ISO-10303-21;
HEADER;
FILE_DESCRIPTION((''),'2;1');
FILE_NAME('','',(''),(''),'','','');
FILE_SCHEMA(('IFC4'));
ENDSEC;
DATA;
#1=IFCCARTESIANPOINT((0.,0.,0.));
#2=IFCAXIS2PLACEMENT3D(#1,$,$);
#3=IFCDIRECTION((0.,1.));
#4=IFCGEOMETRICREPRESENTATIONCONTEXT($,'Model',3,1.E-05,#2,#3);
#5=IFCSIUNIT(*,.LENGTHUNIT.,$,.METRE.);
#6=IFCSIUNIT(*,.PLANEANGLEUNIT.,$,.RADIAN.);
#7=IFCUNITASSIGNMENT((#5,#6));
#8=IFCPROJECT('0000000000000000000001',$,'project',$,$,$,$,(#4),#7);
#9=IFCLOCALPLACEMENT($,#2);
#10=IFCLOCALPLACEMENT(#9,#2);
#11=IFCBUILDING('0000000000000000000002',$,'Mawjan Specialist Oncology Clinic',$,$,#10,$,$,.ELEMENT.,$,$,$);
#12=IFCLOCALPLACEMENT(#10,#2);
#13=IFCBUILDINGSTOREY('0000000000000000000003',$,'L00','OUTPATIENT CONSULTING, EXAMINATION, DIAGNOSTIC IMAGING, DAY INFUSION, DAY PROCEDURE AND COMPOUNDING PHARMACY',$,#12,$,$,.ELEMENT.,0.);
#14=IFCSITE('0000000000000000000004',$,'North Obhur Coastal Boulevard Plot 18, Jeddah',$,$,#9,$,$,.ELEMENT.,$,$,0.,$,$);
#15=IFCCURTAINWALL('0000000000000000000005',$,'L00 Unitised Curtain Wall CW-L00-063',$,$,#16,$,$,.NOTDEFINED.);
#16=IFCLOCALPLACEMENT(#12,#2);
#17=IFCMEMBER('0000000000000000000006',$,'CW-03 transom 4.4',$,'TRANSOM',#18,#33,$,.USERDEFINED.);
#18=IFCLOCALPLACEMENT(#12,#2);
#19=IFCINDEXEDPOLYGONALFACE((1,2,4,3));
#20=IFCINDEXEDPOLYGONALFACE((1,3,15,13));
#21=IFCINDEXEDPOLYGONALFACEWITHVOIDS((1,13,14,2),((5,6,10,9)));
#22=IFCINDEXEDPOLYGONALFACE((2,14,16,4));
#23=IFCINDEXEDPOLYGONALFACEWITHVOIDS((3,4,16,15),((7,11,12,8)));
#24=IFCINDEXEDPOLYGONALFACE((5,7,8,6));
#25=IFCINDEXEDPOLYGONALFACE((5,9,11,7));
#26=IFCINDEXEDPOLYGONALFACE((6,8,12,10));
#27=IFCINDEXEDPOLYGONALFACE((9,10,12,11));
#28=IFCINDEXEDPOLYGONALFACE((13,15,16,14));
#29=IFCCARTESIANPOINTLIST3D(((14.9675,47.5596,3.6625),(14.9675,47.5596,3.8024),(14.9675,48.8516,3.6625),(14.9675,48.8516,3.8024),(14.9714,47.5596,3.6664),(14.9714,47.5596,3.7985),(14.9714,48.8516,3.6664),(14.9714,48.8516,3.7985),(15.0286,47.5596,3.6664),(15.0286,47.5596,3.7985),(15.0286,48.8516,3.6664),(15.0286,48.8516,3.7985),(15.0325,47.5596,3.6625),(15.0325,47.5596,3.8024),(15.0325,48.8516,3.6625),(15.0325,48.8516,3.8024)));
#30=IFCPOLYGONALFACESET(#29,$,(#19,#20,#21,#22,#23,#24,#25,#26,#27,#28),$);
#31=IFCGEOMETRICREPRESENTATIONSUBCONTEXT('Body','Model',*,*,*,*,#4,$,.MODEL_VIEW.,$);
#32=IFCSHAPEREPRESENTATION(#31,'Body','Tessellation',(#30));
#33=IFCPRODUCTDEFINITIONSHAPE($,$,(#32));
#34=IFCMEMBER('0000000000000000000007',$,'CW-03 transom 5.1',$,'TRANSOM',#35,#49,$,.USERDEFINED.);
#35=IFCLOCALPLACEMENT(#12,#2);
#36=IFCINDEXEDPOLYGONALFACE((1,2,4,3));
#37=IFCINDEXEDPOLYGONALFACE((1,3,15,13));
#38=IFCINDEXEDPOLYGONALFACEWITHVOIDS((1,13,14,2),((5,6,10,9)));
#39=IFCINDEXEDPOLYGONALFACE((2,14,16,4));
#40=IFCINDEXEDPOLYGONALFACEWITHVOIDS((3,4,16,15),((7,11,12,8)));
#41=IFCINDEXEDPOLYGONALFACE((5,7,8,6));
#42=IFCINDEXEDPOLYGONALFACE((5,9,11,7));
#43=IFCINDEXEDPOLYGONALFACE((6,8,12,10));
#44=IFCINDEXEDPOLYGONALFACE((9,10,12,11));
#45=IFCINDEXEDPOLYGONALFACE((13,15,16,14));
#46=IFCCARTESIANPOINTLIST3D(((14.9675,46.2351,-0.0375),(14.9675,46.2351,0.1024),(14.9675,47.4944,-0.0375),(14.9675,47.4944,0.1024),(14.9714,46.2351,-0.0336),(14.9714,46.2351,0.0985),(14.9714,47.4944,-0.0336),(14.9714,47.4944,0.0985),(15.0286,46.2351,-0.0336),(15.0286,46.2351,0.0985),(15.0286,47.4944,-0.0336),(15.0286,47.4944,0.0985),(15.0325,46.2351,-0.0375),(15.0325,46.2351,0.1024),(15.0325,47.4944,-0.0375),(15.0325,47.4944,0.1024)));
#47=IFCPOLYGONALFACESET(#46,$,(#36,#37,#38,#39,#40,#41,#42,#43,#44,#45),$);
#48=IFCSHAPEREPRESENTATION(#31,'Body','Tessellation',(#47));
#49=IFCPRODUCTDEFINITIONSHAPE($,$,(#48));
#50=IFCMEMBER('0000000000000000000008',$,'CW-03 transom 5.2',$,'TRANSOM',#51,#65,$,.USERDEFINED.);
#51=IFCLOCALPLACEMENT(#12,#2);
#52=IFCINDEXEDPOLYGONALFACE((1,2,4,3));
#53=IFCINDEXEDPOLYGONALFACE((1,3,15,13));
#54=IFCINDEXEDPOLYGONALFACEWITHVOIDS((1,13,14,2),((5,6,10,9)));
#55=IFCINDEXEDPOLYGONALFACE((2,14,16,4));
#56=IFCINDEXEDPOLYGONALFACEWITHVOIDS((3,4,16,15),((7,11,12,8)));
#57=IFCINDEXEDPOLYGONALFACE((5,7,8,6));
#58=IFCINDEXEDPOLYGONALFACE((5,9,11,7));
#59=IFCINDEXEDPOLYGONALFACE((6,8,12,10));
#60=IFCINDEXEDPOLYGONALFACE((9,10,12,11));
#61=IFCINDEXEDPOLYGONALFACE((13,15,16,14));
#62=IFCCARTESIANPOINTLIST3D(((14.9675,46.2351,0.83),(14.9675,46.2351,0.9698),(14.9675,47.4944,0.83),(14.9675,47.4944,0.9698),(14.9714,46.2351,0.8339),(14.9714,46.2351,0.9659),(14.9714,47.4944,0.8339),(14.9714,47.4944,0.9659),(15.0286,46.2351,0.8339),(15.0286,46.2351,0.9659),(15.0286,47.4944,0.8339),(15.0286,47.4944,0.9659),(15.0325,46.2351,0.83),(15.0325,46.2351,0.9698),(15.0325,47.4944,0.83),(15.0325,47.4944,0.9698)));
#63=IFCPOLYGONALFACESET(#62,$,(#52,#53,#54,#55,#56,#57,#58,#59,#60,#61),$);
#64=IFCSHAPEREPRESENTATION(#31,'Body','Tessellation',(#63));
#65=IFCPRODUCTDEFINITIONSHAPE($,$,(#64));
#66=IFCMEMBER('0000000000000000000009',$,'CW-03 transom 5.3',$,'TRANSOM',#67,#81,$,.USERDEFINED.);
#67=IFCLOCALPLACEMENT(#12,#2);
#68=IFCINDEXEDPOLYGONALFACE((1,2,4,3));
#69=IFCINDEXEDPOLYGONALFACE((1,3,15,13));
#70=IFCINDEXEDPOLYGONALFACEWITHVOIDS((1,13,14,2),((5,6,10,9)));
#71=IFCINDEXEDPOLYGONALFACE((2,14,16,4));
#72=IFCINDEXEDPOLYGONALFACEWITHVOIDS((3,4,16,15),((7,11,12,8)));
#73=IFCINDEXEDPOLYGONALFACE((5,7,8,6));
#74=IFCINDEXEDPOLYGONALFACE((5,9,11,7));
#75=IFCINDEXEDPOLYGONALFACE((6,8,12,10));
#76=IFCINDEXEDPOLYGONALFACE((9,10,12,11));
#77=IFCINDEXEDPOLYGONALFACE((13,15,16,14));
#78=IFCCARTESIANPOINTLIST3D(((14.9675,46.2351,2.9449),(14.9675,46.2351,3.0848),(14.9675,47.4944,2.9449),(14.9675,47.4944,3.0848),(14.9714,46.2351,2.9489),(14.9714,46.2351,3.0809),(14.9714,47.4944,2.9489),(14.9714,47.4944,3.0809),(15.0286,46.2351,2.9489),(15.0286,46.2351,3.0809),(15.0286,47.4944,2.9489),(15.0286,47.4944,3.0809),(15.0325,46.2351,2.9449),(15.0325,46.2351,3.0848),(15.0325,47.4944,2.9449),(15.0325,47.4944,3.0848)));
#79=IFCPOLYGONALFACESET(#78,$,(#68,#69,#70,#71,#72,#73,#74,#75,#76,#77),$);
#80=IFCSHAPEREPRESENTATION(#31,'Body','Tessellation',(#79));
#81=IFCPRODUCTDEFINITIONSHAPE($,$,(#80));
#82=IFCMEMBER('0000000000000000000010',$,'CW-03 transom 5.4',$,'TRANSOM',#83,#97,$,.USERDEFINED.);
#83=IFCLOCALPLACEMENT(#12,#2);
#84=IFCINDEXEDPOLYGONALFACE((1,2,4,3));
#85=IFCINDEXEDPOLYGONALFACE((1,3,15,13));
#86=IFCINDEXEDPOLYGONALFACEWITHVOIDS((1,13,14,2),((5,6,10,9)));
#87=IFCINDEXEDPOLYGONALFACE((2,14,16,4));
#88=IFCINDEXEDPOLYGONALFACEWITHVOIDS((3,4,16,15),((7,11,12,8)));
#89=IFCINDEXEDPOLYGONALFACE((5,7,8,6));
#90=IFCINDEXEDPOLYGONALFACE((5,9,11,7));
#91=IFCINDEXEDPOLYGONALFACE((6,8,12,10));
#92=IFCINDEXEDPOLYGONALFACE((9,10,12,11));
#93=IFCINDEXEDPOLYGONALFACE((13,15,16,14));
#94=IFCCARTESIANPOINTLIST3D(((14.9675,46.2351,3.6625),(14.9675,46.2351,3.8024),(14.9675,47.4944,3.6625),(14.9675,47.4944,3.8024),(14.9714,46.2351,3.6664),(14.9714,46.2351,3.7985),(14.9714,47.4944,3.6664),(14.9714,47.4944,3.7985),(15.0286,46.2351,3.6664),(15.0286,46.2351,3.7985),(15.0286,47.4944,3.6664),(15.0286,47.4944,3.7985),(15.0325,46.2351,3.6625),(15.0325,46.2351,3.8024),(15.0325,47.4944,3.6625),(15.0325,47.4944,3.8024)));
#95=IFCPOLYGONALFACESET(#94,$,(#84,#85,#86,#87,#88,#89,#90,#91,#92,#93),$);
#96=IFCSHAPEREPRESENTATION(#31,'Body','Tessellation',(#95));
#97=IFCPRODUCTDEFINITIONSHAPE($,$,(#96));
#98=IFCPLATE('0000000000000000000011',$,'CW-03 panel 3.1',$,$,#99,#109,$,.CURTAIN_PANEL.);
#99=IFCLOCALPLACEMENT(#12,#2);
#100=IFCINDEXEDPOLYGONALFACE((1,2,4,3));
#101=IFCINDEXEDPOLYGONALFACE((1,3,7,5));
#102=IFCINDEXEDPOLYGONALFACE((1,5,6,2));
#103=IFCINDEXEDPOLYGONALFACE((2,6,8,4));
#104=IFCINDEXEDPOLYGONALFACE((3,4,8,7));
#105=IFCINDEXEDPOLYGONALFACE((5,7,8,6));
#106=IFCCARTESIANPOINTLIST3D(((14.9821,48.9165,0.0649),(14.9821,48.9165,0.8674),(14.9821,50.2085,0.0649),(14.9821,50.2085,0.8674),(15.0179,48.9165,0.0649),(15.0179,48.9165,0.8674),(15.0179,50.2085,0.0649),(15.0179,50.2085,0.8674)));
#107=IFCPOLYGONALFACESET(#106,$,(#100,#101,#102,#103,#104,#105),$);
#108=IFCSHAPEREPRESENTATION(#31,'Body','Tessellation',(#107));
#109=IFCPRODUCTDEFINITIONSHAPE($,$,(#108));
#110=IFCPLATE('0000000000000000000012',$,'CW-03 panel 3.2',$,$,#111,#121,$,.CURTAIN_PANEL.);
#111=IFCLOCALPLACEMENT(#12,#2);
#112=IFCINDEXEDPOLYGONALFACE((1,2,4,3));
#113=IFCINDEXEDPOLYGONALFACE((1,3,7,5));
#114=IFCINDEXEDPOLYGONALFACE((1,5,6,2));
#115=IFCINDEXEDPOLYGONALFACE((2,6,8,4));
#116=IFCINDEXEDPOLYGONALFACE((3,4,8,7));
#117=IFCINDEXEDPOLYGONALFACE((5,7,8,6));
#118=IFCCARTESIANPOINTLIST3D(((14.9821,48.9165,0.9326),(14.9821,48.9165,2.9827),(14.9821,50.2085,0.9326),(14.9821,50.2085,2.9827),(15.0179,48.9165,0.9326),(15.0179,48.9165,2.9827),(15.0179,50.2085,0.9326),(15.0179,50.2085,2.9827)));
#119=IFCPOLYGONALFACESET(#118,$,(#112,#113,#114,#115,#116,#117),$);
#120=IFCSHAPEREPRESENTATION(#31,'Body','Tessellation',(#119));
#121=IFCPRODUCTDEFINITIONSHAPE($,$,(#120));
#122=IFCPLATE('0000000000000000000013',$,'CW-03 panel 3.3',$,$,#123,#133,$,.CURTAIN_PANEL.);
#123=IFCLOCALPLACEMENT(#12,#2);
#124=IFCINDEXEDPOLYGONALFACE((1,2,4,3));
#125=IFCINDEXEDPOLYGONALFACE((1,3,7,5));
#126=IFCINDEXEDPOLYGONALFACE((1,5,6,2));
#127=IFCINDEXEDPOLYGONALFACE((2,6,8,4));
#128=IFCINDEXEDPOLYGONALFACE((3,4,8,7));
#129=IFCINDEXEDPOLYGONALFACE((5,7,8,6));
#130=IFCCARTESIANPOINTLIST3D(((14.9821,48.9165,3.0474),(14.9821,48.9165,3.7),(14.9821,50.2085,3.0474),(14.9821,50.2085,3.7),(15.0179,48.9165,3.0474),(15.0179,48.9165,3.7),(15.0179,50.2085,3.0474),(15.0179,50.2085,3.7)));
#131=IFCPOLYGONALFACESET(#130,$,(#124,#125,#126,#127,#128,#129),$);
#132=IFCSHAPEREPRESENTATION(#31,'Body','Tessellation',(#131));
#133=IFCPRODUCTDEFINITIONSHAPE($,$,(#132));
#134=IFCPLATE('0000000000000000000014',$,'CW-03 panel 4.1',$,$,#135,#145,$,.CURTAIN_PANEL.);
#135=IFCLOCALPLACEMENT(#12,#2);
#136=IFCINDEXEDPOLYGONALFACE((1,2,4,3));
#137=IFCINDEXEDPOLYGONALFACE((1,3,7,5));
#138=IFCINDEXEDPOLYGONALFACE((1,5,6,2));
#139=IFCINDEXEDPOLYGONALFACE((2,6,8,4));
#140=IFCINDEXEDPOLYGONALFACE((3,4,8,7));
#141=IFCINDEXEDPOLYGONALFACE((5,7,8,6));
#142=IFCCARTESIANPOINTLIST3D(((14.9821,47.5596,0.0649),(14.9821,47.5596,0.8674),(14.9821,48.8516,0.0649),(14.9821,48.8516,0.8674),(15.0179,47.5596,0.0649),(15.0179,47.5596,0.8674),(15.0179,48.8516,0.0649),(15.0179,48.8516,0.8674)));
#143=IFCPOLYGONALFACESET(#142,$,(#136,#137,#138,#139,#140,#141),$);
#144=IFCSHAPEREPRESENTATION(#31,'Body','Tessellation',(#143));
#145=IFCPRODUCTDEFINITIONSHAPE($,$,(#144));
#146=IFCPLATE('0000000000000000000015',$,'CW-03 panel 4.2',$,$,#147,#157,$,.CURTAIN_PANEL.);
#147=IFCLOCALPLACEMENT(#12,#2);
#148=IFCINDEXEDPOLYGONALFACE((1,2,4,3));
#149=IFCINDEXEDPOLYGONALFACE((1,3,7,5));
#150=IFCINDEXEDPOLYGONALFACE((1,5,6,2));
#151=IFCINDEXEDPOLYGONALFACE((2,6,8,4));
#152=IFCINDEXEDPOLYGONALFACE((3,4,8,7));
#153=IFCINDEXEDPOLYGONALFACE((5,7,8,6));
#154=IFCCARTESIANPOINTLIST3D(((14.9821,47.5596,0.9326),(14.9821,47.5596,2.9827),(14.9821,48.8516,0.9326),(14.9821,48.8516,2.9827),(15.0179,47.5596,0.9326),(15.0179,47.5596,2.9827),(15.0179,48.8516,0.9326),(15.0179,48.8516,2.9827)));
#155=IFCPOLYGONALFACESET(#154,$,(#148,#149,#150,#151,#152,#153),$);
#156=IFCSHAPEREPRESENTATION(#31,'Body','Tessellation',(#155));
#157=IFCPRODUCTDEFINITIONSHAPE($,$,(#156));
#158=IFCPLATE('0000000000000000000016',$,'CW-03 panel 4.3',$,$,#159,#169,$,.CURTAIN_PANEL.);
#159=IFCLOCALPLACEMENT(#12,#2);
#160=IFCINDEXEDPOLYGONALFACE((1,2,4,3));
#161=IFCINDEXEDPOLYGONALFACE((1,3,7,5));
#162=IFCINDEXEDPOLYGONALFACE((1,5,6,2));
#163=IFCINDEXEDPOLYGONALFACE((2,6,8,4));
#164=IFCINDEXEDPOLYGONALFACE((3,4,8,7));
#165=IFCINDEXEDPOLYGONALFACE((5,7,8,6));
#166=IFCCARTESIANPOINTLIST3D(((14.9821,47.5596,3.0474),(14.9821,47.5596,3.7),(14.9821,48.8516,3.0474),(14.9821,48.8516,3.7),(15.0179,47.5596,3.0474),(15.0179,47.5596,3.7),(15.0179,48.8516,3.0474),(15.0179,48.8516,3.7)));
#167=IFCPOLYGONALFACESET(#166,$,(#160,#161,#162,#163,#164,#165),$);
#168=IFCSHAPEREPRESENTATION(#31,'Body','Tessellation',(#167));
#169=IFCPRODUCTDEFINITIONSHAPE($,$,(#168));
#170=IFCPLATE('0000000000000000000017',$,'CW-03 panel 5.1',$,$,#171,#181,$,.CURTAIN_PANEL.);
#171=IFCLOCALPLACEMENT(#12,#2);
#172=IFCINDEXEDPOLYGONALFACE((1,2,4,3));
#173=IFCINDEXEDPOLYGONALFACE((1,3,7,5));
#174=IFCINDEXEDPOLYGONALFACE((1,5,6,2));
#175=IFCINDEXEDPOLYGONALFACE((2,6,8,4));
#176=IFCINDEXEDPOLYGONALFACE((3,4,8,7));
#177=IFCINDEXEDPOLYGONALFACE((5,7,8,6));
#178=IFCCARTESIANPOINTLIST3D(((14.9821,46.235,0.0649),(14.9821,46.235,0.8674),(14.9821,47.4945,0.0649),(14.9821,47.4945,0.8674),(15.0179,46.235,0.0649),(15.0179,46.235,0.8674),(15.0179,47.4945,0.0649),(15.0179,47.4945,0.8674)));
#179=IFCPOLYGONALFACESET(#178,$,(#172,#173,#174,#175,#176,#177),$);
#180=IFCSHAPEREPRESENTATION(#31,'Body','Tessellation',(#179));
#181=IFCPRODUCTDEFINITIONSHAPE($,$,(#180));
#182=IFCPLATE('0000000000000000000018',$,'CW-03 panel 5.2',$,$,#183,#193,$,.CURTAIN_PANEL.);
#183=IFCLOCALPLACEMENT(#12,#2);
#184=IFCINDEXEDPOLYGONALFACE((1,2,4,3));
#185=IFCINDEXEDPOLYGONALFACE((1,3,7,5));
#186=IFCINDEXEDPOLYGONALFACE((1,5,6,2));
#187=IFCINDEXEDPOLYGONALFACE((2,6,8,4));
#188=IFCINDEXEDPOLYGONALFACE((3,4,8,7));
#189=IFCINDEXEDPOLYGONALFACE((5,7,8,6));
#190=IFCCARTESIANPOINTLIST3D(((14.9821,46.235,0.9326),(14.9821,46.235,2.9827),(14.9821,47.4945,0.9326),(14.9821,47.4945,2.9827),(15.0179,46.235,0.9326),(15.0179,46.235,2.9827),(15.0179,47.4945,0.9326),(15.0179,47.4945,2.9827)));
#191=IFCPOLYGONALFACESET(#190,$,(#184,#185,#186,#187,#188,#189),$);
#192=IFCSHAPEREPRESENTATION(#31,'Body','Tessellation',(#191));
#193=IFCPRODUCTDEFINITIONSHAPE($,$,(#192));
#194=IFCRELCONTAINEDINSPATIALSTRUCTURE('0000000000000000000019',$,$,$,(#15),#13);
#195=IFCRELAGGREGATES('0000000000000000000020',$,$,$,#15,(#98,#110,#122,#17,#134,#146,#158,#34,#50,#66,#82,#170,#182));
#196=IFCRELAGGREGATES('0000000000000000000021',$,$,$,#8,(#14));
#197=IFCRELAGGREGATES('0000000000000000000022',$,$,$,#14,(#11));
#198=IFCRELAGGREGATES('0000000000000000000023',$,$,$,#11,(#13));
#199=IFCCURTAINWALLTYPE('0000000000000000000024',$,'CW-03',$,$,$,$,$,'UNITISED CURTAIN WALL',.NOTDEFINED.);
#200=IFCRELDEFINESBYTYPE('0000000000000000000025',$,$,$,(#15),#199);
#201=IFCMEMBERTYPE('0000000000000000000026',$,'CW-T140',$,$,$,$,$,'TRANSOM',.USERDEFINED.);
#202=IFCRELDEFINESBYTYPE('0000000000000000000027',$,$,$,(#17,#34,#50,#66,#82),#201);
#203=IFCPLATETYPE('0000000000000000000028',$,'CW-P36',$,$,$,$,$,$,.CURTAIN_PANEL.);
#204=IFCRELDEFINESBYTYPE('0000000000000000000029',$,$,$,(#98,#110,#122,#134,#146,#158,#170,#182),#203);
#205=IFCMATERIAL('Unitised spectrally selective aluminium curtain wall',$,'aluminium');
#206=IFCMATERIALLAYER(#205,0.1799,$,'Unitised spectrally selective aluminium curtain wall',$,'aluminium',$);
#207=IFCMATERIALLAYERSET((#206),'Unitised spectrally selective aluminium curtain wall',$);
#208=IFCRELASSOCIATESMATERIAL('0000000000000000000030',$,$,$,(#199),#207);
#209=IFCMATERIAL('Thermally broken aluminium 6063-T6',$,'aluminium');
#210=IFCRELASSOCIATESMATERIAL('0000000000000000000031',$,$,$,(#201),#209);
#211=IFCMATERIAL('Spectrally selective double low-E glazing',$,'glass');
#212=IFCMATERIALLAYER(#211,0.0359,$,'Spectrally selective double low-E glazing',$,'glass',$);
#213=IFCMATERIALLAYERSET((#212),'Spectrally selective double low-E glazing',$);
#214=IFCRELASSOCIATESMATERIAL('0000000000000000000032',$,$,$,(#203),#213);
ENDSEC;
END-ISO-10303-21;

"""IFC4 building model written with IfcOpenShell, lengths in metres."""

from ifc_helpers import new_model, si_unit, direction, frame, origin, origin_2d, place, context, subcontext, project, spatial, rectangle, hollow_rectangle, extrude, material, layer, layer_set, material_profile, profile_set, type_object, element, aggregate, save


model = new_model("IFC4")

# Units and contexts
model_context = context("Model", 3, precision=1e-05, world=origin(), true_north=direction((0.0, 1.0)))
body_context = subcontext(model_context, "Body", "Model", "MODEL_VIEW")
ifc_project = project(units=[si_unit("LENGTHUNIT", "METRE"), si_unit("PLANEANGLEUNIT", "RADIAN")], contexts=[model_context])

# Site, building, storey
site_placement = place(None, origin())
site = spatial("IfcSite", under=ifc_project, at=site_placement, Name="North Obhur Coastal Boulevard Plot 18, Jeddah", CompositionType="ELEMENT", RefElevation=0.0)
building_placement = place(site_placement, origin())
building = spatial("IfcBuilding", under=site, at=building_placement, Name="Mawjan Specialist Oncology Clinic", CompositionType="ELEMENT")
storey_placement = place(building_placement, origin())
storey = spatial("IfcBuildingStorey", under=building, at=storey_placement, Name="L00", Description="OUTPATIENT CONSULTING, EXAMINATION, DIAGNOSTIC IMAGING, DAY INFUSION, DAY PROCEDURE AND COMPOUNDING PHARMACY", CompositionType="ELEMENT", Elevation=0.0)

# Curtain wall, members, plates
ifc_material_1 = material(Name="Unitised spectrally selective aluminium curtain wall", Category="aluminium")
ifc_layer_1 = layer(ifc_material_1, 0.1799, Name="Unitised spectrally selective aluminium curtain wall", Category="aluminium")
ifc_layer_set_1 = layer_set([ifc_layer_1], Name="Unitised spectrally selective aluminium curtain wall")
curtain_wall_type = type_object("IfcCurtainWallType", Name="CW-03", ElementType="UNITISED CURTAIN WALL", PredefinedType="NOTDEFINED", material=ifc_layer_set_1)
curtain_wall_placement = place(storey_placement, origin())
curtain_wall = element("IfcCurtainWall", 1, at=curtain_wall_placement, inside=storey, type_object=curtain_wall_type, Name="L00 Unitised Curtain Wall CW-L00-063", PredefinedType="NOTDEFINED")
ifc_material_2 = material(Name="Thermally broken aluminium 6063-T6", Category="aluminium")
ifc_material_profile_1 = material_profile(ifc_material_2, hollow_rectangle(XDim=0.0649, YDim=0.1399, WallThickness=0.0039, at=origin_2d()), Name="ALU TRANSOM 140x65x4", Category="aluminium")
ifc_profile_set_1 = profile_set([ifc_material_profile_1], Name="Thermally broken aluminium 6063-T6")
member_type_1 = type_object("IfcMemberType", Name="CW-T140", ElementType="TRANSOM", PredefinedType="USERDEFINED", material=ifc_profile_set_1)
member_1_placement = place(storey_placement, frame((15.0, 48.8516, 3.7324), z_axis=(0.0, -1.0, 0.0), x_axis=(1.0, 0.0, 0.0)))
member_1 = element("IfcMember", 2, at=member_1_placement, type_object=member_type_1, Name="CW-03 transom 4.4", ObjectType="TRANSOM", PredefinedType="USERDEFINED", context=body_context, shape_type="SweptSolid", body=[
    extrude(hollow_rectangle(XDim=0.0649, YDim=0.1399, WallThickness=0.0039, at=origin_2d()), origin(), (0.0, 0.0, 1.0), 1.292),
])
member_2_placement = place(storey_placement, frame((15.0, 47.4944, 0.0325), z_axis=(0.0, -1.0, 0.0), x_axis=(1.0, 0.0, 0.0)))
member_2 = element("IfcMember", 3, at=member_2_placement, type_object=member_type_1, Name="CW-03 transom 5.1", ObjectType="TRANSOM", PredefinedType="USERDEFINED", context=body_context, shape_type="SweptSolid", body=[
    extrude(hollow_rectangle(XDim=0.0649, YDim=0.1399, WallThickness=0.0039, at=origin_2d()), origin(), (0.0, 0.0, 1.0), 1.2593),
])
member_3_placement = place(storey_placement, frame((15.0, 47.4944, 0.8999), z_axis=(0.0, -1.0, 0.0), x_axis=(1.0, 0.0, 0.0)))
member_3 = element("IfcMember", 4, at=member_3_placement, type_object=member_type_1, Name="CW-03 transom 5.2", ObjectType="TRANSOM", PredefinedType="USERDEFINED", context=body_context, shape_type="SweptSolid", body=[
    extrude(hollow_rectangle(XDim=0.0649, YDim=0.1399, WallThickness=0.0039, at=origin_2d()), origin(), (0.0, 0.0, 1.0), 1.2593),
])
member_4_placement = place(storey_placement, frame((15.0, 47.4944, 3.0149), z_axis=(0.0, -1.0, 0.0), x_axis=(1.0, 0.0, 0.0)))
member_4 = element("IfcMember", 5, at=member_4_placement, type_object=member_type_1, Name="CW-03 transom 5.3", ObjectType="TRANSOM", PredefinedType="USERDEFINED", context=body_context, shape_type="SweptSolid", body=[
    extrude(hollow_rectangle(XDim=0.0649, YDim=0.1399, WallThickness=0.0039, at=origin_2d()), origin(), (0.0, 0.0, 1.0), 1.2593),
])
member_5_placement = place(storey_placement, frame((15.0, 47.4944, 3.7324), z_axis=(0.0, -1.0, 0.0), x_axis=(1.0, 0.0, 0.0)))
member_5 = element("IfcMember", 6, at=member_5_placement, type_object=member_type_1, Name="CW-03 transom 5.4", ObjectType="TRANSOM", PredefinedType="USERDEFINED", context=body_context, shape_type="SweptSolid", body=[
    extrude(hollow_rectangle(XDim=0.0649, YDim=0.1399, WallThickness=0.0039, at=origin_2d()), origin(), (0.0, 0.0, 1.0), 1.2593),
])
ifc_material_3 = material(Name="Spectrally selective double low-E glazing", Category="glass")
ifc_layer_2 = layer(ifc_material_3, 0.0359, Name="Spectrally selective double low-E glazing", Category="glass")
ifc_layer_set_2 = layer_set([ifc_layer_2], Name="Spectrally selective double low-E glazing")
plate_type = type_object("IfcPlateType", Name="CW-P36", PredefinedType="CURTAIN_PANEL", material=ifc_layer_set_2)
plate_1_placement = place(storey_placement, frame((15.0, 49.5625, 0.0649), z_axis=(0.0, 0.0, 1.0), x_axis=(0.0, -1.0, 0.0)))
plate_1 = element("IfcPlate", 7, at=plate_1_placement, type_object=plate_type, Name="CW-03 panel 3.1", PredefinedType="CURTAIN_PANEL", context=body_context, shape_type="SweptSolid", body=[
    extrude(rectangle(XDim=1.292, YDim=0.0359, at=origin_2d()), origin(), (0.0, 0.0, 1.0), 0.8025),
])
plate_2_placement = place(storey_placement, frame((15.0, 49.5625, 0.9326), z_axis=(0.0, 0.0, 1.0), x_axis=(0.0, -1.0, 0.0)))
plate_2 = element("IfcPlate", 8, at=plate_2_placement, type_object=plate_type, Name="CW-03 panel 3.2", PredefinedType="CURTAIN_PANEL", context=body_context, shape_type="SweptSolid", body=[
    extrude(rectangle(XDim=1.292, YDim=0.0359, at=origin_2d()), origin(), (0.0, 0.0, 1.0), 2.05),
])
plate_3_placement = place(storey_placement, frame((15.0, 49.5625, 3.0474), z_axis=(0.0, 0.0, 1.0), x_axis=(0.0, -1.0, 0.0)))
plate_3 = element("IfcPlate", 9, at=plate_3_placement, type_object=plate_type, Name="CW-03 panel 3.3", PredefinedType="CURTAIN_PANEL", context=body_context, shape_type="SweptSolid", body=[
    extrude(rectangle(XDim=1.292, YDim=0.0359, at=origin_2d()), origin(), (0.0, 0.0, 1.0), 0.6526),
])
plate_4_placement = place(storey_placement, frame((15.0, 48.2056, 0.0649), z_axis=(0.0, 0.0, 1.0), x_axis=(0.0, -1.0, 0.0)))
plate_4 = element("IfcPlate", 10, at=plate_4_placement, type_object=plate_type, Name="CW-03 panel 4.1", PredefinedType="CURTAIN_PANEL", context=body_context, shape_type="SweptSolid", body=[
    extrude(rectangle(XDim=1.292, YDim=0.0359, at=origin_2d()), origin(), (0.0, 0.0, 1.0), 0.8025),
])
plate_5_placement = place(storey_placement, frame((15.0, 48.2056, 0.9326), z_axis=(0.0, 0.0, 1.0), x_axis=(0.0, -1.0, 0.0)))
plate_5 = element("IfcPlate", 11, at=plate_5_placement, type_object=plate_type, Name="CW-03 panel 4.2", PredefinedType="CURTAIN_PANEL", context=body_context, shape_type="SweptSolid", body=[
    extrude(rectangle(XDim=1.292, YDim=0.0359, at=origin_2d()), origin(), (0.0, 0.0, 1.0), 2.05),
])
plate_6_placement = place(storey_placement, frame((15.0, 48.2056, 3.0474), z_axis=(0.0, 0.0, 1.0), x_axis=(0.0, -1.0, 0.0)))
plate_6 = element("IfcPlate", 12, at=plate_6_placement, type_object=plate_type, Name="CW-03 panel 4.3", PredefinedType="CURTAIN_PANEL", context=body_context, shape_type="SweptSolid", body=[
    extrude(rectangle(XDim=1.292, YDim=0.0359, at=origin_2d()), origin(), (0.0, 0.0, 1.0), 0.6526),
])
plate_7_placement = place(storey_placement, frame((15.0, 46.8647, 0.0649), z_axis=(0.0, 0.0, 1.0), x_axis=(0.0, -1.0, 0.0)))
plate_7 = element("IfcPlate", 13, at=plate_7_placement, type_object=plate_type, Name="CW-03 panel 5.1", PredefinedType="CURTAIN_PANEL", context=body_context, shape_type="SweptSolid", body=[
    extrude(rectangle(XDim=1.2595, YDim=0.0359, at=origin_2d()), origin(), (0.0, 0.0, 1.0), 0.8025),
])
plate_8_placement = place(storey_placement, frame((15.0, 46.8647, 0.9326), z_axis=(0.0, 0.0, 1.0), x_axis=(0.0, -1.0, 0.0)))
plate_8 = element("IfcPlate", 14, at=plate_8_placement, type_object=plate_type, Name="CW-03 panel 5.2", PredefinedType="CURTAIN_PANEL", context=body_context, shape_type="SweptSolid", body=[
    extrude(rectangle(XDim=1.2595, YDim=0.0359, at=origin_2d()), origin(), (0.0, 0.0, 1.0), 2.05),
])
aggregate(curtain_wall, [plate_1, plate_2, plate_3, member_1, plate_4, plate_5, plate_6, member_2, member_3, member_4, member_5, plate_7, plate_8])

save(model, "model.ifc")
